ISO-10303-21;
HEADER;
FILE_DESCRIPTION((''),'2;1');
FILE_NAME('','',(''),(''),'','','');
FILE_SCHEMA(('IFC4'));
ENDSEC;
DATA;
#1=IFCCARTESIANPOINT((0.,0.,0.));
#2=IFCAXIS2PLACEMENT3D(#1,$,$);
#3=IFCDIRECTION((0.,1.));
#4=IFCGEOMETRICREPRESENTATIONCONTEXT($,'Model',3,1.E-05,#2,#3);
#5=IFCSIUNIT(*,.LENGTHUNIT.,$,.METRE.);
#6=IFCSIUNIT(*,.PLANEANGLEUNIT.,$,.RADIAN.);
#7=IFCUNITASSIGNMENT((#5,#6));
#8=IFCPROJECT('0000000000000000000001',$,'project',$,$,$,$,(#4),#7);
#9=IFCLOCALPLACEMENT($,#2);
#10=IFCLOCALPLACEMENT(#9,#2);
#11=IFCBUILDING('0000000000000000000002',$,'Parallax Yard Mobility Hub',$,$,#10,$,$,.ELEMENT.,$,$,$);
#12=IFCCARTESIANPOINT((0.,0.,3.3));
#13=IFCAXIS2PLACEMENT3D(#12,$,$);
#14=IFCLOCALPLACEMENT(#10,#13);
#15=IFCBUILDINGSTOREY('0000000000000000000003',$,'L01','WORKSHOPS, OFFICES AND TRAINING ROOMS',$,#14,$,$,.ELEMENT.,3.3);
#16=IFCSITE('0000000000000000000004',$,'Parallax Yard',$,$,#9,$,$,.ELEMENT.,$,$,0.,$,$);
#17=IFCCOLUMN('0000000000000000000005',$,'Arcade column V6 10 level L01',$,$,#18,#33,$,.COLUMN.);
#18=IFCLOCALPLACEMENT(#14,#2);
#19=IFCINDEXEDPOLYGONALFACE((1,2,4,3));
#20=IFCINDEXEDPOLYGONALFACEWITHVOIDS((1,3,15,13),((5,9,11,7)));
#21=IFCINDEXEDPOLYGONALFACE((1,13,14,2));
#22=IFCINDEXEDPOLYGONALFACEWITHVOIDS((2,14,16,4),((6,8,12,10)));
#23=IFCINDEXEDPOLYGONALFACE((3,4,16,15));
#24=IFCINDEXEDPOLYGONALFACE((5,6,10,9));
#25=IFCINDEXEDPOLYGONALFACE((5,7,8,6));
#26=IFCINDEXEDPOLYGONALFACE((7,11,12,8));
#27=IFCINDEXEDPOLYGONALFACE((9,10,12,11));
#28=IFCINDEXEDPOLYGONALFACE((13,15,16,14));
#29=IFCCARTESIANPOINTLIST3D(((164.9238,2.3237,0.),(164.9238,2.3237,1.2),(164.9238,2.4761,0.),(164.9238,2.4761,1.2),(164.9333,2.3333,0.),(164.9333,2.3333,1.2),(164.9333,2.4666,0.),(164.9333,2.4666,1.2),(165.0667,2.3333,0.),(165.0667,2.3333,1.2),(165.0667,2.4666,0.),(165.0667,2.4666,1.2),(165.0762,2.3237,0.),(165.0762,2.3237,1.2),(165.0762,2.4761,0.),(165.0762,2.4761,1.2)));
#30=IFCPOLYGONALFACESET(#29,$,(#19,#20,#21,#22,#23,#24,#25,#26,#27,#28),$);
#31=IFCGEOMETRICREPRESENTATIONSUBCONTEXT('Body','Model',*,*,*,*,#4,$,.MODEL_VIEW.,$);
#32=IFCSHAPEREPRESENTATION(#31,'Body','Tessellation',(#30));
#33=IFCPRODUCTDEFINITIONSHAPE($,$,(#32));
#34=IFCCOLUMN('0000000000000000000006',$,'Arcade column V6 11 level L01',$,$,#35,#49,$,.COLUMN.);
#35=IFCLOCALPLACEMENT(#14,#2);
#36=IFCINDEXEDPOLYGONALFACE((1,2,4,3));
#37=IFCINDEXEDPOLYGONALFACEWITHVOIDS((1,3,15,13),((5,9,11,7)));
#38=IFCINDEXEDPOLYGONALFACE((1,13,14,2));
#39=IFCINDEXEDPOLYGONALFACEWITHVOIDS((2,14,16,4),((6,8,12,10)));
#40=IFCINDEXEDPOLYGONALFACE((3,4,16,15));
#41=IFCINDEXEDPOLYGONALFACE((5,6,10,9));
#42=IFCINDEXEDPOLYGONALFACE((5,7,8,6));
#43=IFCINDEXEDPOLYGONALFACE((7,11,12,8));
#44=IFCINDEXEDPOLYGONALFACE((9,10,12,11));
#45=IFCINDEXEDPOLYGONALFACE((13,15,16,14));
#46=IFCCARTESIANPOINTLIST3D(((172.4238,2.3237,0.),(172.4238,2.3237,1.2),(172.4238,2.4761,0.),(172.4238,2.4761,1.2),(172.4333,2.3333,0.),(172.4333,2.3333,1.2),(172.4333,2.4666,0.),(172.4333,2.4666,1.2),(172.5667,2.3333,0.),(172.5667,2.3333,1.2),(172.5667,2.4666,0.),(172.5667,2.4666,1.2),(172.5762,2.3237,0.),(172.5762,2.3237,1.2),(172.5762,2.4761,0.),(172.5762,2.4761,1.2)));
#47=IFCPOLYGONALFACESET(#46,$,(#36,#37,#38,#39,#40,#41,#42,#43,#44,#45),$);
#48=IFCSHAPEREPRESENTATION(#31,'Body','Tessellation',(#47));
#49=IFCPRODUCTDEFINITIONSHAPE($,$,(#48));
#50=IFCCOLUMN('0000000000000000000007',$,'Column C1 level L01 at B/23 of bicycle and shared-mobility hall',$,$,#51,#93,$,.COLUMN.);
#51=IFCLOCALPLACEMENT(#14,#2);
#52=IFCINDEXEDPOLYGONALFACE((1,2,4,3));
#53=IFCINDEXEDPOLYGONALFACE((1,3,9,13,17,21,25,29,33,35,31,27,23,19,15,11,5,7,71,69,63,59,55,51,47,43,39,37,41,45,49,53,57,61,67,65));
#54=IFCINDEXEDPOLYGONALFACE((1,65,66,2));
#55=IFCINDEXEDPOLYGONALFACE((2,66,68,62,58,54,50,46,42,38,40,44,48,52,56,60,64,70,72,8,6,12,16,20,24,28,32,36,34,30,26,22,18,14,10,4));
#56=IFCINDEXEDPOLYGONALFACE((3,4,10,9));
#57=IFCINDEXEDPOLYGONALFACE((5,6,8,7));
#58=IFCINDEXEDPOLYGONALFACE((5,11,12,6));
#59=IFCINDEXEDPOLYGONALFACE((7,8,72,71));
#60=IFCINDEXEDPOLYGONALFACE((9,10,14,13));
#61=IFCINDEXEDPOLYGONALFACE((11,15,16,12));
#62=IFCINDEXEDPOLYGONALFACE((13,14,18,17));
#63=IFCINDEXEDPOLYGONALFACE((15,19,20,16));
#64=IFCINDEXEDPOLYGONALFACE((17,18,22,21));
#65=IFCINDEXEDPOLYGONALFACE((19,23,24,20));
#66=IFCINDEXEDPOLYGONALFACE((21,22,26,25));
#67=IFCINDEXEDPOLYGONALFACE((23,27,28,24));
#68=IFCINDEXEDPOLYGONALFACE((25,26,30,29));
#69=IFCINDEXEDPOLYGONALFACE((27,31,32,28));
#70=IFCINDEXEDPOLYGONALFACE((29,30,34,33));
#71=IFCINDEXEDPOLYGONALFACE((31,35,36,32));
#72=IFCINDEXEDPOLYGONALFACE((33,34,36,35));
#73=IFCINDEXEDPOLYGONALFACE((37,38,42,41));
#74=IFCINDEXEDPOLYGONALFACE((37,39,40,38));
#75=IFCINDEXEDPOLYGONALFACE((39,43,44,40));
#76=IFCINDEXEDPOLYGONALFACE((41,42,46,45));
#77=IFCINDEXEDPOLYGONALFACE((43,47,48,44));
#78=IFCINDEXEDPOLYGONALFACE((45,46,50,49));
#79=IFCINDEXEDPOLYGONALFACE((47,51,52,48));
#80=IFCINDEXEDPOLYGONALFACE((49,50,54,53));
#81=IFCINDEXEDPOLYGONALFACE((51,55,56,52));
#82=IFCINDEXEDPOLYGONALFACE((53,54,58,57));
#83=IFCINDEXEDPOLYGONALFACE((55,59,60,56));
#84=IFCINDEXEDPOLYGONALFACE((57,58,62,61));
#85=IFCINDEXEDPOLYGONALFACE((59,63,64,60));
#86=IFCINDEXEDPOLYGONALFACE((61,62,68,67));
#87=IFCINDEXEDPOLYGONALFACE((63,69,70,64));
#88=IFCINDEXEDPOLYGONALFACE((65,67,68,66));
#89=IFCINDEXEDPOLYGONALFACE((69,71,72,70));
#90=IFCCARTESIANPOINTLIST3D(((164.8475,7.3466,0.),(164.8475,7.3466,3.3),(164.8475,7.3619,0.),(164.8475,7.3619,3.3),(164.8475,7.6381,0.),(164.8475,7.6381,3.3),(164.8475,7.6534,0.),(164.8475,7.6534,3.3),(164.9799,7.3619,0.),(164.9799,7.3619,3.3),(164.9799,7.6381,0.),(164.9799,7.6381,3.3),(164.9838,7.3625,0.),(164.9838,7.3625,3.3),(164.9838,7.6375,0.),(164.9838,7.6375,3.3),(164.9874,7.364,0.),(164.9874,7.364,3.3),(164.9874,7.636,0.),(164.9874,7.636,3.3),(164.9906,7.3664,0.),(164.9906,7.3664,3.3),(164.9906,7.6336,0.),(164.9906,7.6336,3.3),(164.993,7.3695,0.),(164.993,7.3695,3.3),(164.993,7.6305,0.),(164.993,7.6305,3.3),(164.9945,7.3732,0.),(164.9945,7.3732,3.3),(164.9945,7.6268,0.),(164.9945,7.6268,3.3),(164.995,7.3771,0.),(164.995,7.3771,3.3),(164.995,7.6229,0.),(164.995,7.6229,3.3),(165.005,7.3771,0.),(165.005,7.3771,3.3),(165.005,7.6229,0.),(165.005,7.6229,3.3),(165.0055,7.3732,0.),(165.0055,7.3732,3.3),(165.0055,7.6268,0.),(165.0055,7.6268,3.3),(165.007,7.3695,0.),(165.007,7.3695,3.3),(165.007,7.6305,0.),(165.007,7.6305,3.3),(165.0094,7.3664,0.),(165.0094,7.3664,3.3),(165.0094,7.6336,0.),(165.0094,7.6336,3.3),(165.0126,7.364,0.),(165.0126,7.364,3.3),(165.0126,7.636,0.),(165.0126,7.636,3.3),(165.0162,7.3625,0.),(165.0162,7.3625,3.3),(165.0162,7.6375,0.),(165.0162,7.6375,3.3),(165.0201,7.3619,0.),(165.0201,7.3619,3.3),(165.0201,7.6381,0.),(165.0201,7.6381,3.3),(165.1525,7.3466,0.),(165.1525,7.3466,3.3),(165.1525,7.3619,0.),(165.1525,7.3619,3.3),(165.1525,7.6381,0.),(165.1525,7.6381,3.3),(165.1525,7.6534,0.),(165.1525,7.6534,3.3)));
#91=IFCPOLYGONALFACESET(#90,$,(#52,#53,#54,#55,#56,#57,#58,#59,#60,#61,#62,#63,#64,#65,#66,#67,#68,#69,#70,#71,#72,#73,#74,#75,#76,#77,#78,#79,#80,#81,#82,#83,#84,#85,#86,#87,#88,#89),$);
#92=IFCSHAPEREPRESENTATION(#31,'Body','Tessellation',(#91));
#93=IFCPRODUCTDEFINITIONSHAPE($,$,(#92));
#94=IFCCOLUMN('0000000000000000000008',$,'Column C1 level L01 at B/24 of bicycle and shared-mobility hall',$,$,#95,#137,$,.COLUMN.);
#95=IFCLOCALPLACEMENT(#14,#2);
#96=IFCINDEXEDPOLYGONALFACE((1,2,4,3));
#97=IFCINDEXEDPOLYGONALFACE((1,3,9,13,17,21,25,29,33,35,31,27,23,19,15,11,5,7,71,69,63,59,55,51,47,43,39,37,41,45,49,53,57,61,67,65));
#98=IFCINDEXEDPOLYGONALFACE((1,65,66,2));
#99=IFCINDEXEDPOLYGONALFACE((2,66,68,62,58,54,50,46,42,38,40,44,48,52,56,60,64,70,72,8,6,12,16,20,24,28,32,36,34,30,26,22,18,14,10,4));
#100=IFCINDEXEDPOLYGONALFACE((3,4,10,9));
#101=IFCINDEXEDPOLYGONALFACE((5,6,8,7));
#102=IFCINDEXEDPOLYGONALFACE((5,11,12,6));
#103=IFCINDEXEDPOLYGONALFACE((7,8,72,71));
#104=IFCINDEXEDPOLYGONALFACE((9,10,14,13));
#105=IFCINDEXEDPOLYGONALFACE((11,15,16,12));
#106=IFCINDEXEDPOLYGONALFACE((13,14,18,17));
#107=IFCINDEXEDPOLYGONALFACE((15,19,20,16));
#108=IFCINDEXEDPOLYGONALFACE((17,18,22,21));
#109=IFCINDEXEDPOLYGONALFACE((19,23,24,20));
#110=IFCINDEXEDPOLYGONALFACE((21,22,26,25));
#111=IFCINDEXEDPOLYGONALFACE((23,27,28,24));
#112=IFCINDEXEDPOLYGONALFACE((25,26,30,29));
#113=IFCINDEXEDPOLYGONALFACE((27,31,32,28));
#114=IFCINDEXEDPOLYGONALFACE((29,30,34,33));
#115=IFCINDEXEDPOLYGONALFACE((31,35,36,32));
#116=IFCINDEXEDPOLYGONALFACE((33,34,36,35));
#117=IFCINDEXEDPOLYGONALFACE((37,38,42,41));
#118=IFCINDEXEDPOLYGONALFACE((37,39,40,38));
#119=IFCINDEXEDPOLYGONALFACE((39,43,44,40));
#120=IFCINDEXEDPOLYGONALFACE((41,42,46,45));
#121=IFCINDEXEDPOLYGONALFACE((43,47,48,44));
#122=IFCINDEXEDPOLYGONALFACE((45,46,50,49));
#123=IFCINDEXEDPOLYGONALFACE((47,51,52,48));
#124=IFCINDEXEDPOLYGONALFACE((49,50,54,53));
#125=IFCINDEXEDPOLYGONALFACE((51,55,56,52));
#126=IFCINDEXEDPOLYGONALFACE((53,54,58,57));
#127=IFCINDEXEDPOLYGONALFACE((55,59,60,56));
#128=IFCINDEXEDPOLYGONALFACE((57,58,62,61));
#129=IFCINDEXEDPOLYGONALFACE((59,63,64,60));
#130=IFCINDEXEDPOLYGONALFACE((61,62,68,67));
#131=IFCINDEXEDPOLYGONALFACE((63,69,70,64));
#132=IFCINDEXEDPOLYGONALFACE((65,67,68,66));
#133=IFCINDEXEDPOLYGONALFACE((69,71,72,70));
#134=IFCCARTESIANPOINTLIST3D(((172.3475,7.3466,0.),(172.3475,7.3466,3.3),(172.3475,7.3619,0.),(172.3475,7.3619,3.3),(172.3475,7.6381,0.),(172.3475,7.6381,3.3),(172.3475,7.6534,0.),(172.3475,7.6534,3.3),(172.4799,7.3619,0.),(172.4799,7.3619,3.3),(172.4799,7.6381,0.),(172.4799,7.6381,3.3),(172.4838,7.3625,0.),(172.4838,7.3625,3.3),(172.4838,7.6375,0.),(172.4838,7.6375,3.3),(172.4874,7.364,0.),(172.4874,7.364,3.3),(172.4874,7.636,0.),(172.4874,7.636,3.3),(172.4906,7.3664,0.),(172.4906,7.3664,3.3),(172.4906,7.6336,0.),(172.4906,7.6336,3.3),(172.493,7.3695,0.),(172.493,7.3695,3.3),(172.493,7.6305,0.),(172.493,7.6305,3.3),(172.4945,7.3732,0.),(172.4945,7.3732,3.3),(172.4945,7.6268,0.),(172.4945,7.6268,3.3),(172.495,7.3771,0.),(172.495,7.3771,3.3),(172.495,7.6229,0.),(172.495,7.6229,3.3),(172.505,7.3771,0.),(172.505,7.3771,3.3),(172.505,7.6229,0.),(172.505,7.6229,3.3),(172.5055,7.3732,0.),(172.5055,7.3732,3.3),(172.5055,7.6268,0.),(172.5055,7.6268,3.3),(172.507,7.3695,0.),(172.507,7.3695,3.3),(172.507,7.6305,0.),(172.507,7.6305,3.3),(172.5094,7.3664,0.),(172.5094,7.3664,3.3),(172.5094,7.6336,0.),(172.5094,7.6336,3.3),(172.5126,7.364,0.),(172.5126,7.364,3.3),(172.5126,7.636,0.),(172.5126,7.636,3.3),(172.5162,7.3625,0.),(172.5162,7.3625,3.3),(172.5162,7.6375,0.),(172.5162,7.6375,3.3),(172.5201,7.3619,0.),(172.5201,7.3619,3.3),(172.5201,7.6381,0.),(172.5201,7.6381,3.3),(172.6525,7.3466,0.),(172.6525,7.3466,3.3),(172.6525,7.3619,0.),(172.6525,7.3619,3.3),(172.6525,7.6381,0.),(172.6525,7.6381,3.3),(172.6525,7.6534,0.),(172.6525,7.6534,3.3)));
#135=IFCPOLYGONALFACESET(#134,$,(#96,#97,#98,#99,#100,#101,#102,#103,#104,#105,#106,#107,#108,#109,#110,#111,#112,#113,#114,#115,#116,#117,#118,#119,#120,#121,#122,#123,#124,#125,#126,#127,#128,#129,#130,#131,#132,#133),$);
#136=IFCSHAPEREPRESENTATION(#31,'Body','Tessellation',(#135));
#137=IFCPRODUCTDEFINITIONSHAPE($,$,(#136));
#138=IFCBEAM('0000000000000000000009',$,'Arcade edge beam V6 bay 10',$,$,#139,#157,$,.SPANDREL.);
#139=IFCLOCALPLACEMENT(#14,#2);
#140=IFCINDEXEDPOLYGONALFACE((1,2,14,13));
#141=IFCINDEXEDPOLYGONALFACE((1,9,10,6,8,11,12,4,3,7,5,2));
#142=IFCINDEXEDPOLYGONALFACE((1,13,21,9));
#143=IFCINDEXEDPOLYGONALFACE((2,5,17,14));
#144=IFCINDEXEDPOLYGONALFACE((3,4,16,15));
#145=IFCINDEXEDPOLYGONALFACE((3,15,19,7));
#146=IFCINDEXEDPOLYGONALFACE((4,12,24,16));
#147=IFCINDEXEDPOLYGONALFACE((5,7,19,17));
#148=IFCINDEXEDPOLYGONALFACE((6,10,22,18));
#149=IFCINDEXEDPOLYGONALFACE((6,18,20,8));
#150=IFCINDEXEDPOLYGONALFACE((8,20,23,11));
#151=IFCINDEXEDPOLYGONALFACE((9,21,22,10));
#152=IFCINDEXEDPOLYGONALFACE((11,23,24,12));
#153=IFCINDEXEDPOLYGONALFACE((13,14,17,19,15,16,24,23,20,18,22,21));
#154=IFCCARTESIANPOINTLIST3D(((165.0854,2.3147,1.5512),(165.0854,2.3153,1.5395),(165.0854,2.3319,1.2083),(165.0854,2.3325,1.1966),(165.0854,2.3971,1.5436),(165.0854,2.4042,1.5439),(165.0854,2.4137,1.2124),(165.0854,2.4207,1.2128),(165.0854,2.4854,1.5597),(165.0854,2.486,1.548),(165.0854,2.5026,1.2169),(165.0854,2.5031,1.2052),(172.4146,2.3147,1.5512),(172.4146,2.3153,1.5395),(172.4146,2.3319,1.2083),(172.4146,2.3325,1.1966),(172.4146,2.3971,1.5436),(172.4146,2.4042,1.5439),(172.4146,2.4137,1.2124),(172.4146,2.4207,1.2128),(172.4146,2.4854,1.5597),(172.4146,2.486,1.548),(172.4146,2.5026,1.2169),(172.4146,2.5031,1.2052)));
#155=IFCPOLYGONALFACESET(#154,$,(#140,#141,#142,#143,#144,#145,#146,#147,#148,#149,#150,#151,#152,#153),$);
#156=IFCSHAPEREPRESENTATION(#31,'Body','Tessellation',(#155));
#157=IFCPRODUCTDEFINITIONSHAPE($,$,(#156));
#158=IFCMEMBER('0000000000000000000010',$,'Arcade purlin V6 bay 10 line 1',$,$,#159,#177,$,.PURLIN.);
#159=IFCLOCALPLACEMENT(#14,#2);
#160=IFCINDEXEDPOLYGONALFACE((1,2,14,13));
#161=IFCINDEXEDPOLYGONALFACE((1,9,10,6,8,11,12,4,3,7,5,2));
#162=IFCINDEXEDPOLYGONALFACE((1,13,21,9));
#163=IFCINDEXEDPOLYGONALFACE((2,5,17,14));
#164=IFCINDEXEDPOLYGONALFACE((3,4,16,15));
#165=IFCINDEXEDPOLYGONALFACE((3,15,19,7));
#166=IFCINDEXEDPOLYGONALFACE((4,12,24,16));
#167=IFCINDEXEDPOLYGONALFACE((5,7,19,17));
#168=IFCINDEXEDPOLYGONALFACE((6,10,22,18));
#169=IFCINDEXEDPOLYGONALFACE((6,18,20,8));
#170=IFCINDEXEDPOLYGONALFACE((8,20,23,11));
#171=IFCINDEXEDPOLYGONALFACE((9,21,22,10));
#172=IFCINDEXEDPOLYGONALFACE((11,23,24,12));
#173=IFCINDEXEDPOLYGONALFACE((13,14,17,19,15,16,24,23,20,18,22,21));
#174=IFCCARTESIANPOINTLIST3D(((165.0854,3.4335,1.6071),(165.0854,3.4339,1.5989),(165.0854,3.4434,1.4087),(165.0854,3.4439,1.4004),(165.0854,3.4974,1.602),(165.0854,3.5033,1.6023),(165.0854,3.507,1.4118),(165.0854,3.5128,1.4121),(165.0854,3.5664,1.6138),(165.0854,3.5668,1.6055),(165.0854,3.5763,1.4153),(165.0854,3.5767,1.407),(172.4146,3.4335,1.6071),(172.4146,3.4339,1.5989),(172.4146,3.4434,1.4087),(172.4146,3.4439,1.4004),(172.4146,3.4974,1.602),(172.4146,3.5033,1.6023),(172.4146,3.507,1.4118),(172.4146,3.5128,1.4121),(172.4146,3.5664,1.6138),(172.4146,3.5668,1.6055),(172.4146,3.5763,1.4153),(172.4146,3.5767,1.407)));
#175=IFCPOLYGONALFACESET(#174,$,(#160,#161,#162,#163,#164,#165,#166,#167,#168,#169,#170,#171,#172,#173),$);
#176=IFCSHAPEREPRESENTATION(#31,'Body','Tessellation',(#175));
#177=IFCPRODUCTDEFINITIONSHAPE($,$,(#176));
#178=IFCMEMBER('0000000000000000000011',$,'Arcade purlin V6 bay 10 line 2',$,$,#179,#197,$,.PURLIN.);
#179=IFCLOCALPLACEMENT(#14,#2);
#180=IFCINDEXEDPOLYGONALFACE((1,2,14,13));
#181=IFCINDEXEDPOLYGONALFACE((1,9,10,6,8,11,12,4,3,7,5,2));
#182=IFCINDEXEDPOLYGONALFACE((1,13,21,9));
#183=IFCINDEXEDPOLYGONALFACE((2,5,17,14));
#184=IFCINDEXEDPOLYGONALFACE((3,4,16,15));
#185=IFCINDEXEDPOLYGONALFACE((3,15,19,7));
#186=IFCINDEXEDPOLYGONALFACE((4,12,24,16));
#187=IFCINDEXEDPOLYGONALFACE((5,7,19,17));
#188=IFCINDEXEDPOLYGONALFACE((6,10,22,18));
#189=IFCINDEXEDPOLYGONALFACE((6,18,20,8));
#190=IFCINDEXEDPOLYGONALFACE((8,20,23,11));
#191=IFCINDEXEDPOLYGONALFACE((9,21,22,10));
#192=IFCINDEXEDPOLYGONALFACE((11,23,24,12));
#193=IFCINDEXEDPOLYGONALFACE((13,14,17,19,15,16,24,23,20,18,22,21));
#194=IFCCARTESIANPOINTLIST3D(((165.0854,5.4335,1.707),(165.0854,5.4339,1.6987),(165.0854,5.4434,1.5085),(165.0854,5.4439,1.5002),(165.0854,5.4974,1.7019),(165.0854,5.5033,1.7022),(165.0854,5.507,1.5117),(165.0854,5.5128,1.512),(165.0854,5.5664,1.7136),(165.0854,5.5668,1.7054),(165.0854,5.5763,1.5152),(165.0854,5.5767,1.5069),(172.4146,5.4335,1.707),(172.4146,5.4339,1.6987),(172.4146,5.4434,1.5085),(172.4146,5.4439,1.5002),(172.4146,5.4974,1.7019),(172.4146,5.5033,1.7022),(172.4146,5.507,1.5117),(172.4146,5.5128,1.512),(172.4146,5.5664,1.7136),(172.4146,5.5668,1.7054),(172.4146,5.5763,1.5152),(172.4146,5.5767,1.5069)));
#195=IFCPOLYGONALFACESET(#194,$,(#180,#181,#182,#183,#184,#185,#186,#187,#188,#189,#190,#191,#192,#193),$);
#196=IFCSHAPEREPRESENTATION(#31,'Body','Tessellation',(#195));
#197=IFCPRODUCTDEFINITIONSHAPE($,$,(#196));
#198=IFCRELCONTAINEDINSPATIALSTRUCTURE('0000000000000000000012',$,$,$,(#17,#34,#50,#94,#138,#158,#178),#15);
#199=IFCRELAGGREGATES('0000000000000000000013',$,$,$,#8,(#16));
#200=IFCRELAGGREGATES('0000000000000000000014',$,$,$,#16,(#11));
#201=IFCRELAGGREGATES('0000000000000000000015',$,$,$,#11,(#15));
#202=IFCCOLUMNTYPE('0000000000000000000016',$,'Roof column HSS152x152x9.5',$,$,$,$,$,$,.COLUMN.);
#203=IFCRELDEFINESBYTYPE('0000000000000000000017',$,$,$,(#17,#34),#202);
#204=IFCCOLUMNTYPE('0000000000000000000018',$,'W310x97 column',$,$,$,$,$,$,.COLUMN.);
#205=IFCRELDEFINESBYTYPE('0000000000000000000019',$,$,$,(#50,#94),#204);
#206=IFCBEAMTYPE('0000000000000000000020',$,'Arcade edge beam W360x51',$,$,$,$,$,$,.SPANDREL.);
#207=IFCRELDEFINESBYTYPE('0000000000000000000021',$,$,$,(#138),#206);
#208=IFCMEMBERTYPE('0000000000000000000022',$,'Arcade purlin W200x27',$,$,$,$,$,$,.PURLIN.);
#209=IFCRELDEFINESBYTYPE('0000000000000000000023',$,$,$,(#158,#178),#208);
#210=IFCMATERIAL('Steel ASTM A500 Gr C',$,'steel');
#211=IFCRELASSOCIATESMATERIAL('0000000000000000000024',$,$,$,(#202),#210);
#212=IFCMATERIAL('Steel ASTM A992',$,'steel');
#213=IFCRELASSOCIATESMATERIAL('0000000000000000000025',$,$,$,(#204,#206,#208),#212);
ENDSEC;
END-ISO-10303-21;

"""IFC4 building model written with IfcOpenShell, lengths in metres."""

from ifc_helpers import new_model, si_unit, direction, frame, origin, origin_2d, place, context, subcontext, project, spatial, hollow_rectangle, i_section, extrude, material, material_profile, profile_set, type_object, element, save


model = new_model("IFC4")

# Units and contexts
model_context = context("Model", 3, precision=1e-05, world=origin(), true_north=direction((0.0, 1.0)))
body_context = subcontext(model_context, "Body", "Model", "MODEL_VIEW")
ifc_project = project(units=[si_unit("LENGTHUNIT", "METRE"), si_unit("PLANEANGLEUNIT", "RADIAN")], contexts=[model_context])

# Site, building, storey
site_placement = place(None, origin())
site = spatial("IfcSite", under=ifc_project, at=site_placement, Name="Parallax Yard", CompositionType="ELEMENT", RefElevation=0.0)
building_placement = place(site_placement, origin())
building = spatial("IfcBuilding", under=site, at=building_placement, Name="Parallax Yard Mobility Hub", CompositionType="ELEMENT")
storey_placement = place(building_placement, frame((0.0, 0.0, 3.3)))
storey = spatial("IfcBuildingStorey", under=building, at=storey_placement, Name="L01", Description="WORKSHOPS, OFFICES AND TRAINING ROOMS", CompositionType="ELEMENT", Elevation=3.3)

# Columns
ifc_material_1 = material(Name="Steel ASTM A500 Gr C", Category="steel")
ifc_material_profile_1 = material_profile(ifc_material_1, hollow_rectangle(XDim=0.1523, YDim=0.1523, WallThickness=0.0095, at=origin_2d()), Name="HSS152x152x9.5")
ifc_profile_set_1 = profile_set([ifc_material_profile_1], Name="Steel ASTM A500 Gr C")
column_type_1 = type_object("IfcColumnType", Name="Roof column HSS152x152x9.5", PredefinedType="COLUMN", material=ifc_profile_set_1)
for number, where, z_axis, x_axis, name in (
    (1, (165.0, 2.3999, 0.0), (0.0, 0.0, 1.0), (1.0, 0.0, 0.0), "Arcade column V6 10 level L01"),
    (2, (172.5, 2.3999, 0.0), (0.0, 0.0, 1.0), (1.0, 0.0, 0.0), "Arcade column V6 11 level L01"),
):
    element("IfcColumn", number, at=place(storey_placement, frame(where, z_axis=z_axis, x_axis=x_axis)), inside=storey, type_object=column_type_1, Name=name, PredefinedType="COLUMN", context=body_context, shape_type="SweptSolid", body=[
        extrude(hollow_rectangle(XDim=0.1523, YDim=0.1523, WallThickness=0.0095, at=origin_2d()), origin(), (0.0, 0.0, 1.0), 1.2),
    ])
ifc_material_2 = material(Name="Steel ASTM A992", Category="steel")
ifc_material_profile_2 = material_profile(ifc_material_2, i_section(OverallWidth=0.3049, OverallDepth=0.3069, WebThickness=0.01, FlangeThickness=0.0154, FilletRadius=0.0151, at=origin_2d()), Name="W310x97")
ifc_profile_set_2 = profile_set([ifc_material_profile_2], Name="Steel ASTM A992")
column_type_2 = type_object("IfcColumnType", Name="W310x97 column", PredefinedType="COLUMN", material=ifc_profile_set_2)
for number, where, z_axis, x_axis, name in (
    (3, (165.0, 7.5, 0.0), (0.0, 0.0, 1.0), (1.0, 0.0, 0.0), "Column C1 level L01 at B/23 of bicycle and shared-mobility hall"),
    (4, (172.5, 7.5, 0.0), (0.0, 0.0, 1.0), (1.0, 0.0, 0.0), "Column C1 level L01 at B/24 of bicycle and shared-mobility hall"),
):
    element("IfcColumn", number, at=place(storey_placement, frame(where, z_axis=z_axis, x_axis=x_axis)), inside=storey, type_object=column_type_2, Name=name, PredefinedType="COLUMN", context=body_context, shape_type="SweptSolid", body=[
        extrude(i_section(OverallWidth=0.3049, OverallDepth=0.3069, WebThickness=0.01, FlangeThickness=0.0154, FilletRadius=0.0151, at=origin_2d()), origin(), (0.0, 0.0, 1.0), 3.3),
    ])

# Beam
ifc_material_profile_3 = material_profile(ifc_material_2, i_section(OverallWidth=0.1709, OverallDepth=0.355, WebThickness=0.0071, FlangeThickness=0.0117, at=origin_2d()), Name="W360x51")
ifc_profile_set_3 = profile_set([ifc_material_profile_3], Name="Steel ASTM A992")
beam_type_1 = type_object("IfcBeamType", Name="Arcade edge beam W360x51", PredefinedType="SPANDREL", material=ifc_profile_set_3)
beam_1_placement = place(storey_placement, frame((165.0854, 2.4089, 1.3782), z_axis=(1.0, 0.0, 0.0), x_axis=(0.0, 0.998752, 0.049938)))
element("IfcBeam", 5, at=beam_1_placement, inside=storey, type_object=beam_type_1, Name="Arcade edge beam V6 bay 10", PredefinedType="SPANDREL", context=body_context, shape_type="SweptSolid", body=[
    extrude(i_section(OverallWidth=0.1709, OverallDepth=0.355, WebThickness=0.0071, FlangeThickness=0.0117, at=origin_2d()), origin(), (0.0, 0.0, 1.0), 7.3291),
])

# Members
ifc_material_profile_4 = material_profile(ifc_material_2, i_section(OverallWidth=0.1331, OverallDepth=0.207, WebThickness=0.0059, FlangeThickness=0.0083, at=origin_2d()), Name="W200x27")
ifc_profile_set_4 = profile_set([ifc_material_profile_4], Name="Steel ASTM A992")
member_type_1 = type_object("IfcMemberType", Name="Arcade purlin W200x27", PredefinedType="PURLIN", material=ifc_profile_set_4)
for number, where, z_axis, x_axis, name in (
    (6, (165.0854, 3.5051, 1.5071), (1.0, 0.0, 0.0), (0.0, 0.998752, 0.049938), "Arcade purlin V6 bay 10 line 1"),
    (7, (165.0854, 5.5051, 1.6069), (1.0, 0.0, 0.0), (0.0, 0.998752, 0.049938), "Arcade purlin V6 bay 10 line 2"),
):
    element("IfcMember", number, at=place(storey_placement, frame(where, z_axis=z_axis, x_axis=x_axis)), inside=storey, type_object=member_type_1, Name=name, PredefinedType="PURLIN", context=body_context, shape_type="SweptSolid", body=[
        extrude(i_section(OverallWidth=0.1331, OverallDepth=0.207, WebThickness=0.0059, FlangeThickness=0.0083, at=origin_2d()), origin(), (0.0, 0.0, 1.0), 7.3291),
    ])

save(model, "model.ifc")
